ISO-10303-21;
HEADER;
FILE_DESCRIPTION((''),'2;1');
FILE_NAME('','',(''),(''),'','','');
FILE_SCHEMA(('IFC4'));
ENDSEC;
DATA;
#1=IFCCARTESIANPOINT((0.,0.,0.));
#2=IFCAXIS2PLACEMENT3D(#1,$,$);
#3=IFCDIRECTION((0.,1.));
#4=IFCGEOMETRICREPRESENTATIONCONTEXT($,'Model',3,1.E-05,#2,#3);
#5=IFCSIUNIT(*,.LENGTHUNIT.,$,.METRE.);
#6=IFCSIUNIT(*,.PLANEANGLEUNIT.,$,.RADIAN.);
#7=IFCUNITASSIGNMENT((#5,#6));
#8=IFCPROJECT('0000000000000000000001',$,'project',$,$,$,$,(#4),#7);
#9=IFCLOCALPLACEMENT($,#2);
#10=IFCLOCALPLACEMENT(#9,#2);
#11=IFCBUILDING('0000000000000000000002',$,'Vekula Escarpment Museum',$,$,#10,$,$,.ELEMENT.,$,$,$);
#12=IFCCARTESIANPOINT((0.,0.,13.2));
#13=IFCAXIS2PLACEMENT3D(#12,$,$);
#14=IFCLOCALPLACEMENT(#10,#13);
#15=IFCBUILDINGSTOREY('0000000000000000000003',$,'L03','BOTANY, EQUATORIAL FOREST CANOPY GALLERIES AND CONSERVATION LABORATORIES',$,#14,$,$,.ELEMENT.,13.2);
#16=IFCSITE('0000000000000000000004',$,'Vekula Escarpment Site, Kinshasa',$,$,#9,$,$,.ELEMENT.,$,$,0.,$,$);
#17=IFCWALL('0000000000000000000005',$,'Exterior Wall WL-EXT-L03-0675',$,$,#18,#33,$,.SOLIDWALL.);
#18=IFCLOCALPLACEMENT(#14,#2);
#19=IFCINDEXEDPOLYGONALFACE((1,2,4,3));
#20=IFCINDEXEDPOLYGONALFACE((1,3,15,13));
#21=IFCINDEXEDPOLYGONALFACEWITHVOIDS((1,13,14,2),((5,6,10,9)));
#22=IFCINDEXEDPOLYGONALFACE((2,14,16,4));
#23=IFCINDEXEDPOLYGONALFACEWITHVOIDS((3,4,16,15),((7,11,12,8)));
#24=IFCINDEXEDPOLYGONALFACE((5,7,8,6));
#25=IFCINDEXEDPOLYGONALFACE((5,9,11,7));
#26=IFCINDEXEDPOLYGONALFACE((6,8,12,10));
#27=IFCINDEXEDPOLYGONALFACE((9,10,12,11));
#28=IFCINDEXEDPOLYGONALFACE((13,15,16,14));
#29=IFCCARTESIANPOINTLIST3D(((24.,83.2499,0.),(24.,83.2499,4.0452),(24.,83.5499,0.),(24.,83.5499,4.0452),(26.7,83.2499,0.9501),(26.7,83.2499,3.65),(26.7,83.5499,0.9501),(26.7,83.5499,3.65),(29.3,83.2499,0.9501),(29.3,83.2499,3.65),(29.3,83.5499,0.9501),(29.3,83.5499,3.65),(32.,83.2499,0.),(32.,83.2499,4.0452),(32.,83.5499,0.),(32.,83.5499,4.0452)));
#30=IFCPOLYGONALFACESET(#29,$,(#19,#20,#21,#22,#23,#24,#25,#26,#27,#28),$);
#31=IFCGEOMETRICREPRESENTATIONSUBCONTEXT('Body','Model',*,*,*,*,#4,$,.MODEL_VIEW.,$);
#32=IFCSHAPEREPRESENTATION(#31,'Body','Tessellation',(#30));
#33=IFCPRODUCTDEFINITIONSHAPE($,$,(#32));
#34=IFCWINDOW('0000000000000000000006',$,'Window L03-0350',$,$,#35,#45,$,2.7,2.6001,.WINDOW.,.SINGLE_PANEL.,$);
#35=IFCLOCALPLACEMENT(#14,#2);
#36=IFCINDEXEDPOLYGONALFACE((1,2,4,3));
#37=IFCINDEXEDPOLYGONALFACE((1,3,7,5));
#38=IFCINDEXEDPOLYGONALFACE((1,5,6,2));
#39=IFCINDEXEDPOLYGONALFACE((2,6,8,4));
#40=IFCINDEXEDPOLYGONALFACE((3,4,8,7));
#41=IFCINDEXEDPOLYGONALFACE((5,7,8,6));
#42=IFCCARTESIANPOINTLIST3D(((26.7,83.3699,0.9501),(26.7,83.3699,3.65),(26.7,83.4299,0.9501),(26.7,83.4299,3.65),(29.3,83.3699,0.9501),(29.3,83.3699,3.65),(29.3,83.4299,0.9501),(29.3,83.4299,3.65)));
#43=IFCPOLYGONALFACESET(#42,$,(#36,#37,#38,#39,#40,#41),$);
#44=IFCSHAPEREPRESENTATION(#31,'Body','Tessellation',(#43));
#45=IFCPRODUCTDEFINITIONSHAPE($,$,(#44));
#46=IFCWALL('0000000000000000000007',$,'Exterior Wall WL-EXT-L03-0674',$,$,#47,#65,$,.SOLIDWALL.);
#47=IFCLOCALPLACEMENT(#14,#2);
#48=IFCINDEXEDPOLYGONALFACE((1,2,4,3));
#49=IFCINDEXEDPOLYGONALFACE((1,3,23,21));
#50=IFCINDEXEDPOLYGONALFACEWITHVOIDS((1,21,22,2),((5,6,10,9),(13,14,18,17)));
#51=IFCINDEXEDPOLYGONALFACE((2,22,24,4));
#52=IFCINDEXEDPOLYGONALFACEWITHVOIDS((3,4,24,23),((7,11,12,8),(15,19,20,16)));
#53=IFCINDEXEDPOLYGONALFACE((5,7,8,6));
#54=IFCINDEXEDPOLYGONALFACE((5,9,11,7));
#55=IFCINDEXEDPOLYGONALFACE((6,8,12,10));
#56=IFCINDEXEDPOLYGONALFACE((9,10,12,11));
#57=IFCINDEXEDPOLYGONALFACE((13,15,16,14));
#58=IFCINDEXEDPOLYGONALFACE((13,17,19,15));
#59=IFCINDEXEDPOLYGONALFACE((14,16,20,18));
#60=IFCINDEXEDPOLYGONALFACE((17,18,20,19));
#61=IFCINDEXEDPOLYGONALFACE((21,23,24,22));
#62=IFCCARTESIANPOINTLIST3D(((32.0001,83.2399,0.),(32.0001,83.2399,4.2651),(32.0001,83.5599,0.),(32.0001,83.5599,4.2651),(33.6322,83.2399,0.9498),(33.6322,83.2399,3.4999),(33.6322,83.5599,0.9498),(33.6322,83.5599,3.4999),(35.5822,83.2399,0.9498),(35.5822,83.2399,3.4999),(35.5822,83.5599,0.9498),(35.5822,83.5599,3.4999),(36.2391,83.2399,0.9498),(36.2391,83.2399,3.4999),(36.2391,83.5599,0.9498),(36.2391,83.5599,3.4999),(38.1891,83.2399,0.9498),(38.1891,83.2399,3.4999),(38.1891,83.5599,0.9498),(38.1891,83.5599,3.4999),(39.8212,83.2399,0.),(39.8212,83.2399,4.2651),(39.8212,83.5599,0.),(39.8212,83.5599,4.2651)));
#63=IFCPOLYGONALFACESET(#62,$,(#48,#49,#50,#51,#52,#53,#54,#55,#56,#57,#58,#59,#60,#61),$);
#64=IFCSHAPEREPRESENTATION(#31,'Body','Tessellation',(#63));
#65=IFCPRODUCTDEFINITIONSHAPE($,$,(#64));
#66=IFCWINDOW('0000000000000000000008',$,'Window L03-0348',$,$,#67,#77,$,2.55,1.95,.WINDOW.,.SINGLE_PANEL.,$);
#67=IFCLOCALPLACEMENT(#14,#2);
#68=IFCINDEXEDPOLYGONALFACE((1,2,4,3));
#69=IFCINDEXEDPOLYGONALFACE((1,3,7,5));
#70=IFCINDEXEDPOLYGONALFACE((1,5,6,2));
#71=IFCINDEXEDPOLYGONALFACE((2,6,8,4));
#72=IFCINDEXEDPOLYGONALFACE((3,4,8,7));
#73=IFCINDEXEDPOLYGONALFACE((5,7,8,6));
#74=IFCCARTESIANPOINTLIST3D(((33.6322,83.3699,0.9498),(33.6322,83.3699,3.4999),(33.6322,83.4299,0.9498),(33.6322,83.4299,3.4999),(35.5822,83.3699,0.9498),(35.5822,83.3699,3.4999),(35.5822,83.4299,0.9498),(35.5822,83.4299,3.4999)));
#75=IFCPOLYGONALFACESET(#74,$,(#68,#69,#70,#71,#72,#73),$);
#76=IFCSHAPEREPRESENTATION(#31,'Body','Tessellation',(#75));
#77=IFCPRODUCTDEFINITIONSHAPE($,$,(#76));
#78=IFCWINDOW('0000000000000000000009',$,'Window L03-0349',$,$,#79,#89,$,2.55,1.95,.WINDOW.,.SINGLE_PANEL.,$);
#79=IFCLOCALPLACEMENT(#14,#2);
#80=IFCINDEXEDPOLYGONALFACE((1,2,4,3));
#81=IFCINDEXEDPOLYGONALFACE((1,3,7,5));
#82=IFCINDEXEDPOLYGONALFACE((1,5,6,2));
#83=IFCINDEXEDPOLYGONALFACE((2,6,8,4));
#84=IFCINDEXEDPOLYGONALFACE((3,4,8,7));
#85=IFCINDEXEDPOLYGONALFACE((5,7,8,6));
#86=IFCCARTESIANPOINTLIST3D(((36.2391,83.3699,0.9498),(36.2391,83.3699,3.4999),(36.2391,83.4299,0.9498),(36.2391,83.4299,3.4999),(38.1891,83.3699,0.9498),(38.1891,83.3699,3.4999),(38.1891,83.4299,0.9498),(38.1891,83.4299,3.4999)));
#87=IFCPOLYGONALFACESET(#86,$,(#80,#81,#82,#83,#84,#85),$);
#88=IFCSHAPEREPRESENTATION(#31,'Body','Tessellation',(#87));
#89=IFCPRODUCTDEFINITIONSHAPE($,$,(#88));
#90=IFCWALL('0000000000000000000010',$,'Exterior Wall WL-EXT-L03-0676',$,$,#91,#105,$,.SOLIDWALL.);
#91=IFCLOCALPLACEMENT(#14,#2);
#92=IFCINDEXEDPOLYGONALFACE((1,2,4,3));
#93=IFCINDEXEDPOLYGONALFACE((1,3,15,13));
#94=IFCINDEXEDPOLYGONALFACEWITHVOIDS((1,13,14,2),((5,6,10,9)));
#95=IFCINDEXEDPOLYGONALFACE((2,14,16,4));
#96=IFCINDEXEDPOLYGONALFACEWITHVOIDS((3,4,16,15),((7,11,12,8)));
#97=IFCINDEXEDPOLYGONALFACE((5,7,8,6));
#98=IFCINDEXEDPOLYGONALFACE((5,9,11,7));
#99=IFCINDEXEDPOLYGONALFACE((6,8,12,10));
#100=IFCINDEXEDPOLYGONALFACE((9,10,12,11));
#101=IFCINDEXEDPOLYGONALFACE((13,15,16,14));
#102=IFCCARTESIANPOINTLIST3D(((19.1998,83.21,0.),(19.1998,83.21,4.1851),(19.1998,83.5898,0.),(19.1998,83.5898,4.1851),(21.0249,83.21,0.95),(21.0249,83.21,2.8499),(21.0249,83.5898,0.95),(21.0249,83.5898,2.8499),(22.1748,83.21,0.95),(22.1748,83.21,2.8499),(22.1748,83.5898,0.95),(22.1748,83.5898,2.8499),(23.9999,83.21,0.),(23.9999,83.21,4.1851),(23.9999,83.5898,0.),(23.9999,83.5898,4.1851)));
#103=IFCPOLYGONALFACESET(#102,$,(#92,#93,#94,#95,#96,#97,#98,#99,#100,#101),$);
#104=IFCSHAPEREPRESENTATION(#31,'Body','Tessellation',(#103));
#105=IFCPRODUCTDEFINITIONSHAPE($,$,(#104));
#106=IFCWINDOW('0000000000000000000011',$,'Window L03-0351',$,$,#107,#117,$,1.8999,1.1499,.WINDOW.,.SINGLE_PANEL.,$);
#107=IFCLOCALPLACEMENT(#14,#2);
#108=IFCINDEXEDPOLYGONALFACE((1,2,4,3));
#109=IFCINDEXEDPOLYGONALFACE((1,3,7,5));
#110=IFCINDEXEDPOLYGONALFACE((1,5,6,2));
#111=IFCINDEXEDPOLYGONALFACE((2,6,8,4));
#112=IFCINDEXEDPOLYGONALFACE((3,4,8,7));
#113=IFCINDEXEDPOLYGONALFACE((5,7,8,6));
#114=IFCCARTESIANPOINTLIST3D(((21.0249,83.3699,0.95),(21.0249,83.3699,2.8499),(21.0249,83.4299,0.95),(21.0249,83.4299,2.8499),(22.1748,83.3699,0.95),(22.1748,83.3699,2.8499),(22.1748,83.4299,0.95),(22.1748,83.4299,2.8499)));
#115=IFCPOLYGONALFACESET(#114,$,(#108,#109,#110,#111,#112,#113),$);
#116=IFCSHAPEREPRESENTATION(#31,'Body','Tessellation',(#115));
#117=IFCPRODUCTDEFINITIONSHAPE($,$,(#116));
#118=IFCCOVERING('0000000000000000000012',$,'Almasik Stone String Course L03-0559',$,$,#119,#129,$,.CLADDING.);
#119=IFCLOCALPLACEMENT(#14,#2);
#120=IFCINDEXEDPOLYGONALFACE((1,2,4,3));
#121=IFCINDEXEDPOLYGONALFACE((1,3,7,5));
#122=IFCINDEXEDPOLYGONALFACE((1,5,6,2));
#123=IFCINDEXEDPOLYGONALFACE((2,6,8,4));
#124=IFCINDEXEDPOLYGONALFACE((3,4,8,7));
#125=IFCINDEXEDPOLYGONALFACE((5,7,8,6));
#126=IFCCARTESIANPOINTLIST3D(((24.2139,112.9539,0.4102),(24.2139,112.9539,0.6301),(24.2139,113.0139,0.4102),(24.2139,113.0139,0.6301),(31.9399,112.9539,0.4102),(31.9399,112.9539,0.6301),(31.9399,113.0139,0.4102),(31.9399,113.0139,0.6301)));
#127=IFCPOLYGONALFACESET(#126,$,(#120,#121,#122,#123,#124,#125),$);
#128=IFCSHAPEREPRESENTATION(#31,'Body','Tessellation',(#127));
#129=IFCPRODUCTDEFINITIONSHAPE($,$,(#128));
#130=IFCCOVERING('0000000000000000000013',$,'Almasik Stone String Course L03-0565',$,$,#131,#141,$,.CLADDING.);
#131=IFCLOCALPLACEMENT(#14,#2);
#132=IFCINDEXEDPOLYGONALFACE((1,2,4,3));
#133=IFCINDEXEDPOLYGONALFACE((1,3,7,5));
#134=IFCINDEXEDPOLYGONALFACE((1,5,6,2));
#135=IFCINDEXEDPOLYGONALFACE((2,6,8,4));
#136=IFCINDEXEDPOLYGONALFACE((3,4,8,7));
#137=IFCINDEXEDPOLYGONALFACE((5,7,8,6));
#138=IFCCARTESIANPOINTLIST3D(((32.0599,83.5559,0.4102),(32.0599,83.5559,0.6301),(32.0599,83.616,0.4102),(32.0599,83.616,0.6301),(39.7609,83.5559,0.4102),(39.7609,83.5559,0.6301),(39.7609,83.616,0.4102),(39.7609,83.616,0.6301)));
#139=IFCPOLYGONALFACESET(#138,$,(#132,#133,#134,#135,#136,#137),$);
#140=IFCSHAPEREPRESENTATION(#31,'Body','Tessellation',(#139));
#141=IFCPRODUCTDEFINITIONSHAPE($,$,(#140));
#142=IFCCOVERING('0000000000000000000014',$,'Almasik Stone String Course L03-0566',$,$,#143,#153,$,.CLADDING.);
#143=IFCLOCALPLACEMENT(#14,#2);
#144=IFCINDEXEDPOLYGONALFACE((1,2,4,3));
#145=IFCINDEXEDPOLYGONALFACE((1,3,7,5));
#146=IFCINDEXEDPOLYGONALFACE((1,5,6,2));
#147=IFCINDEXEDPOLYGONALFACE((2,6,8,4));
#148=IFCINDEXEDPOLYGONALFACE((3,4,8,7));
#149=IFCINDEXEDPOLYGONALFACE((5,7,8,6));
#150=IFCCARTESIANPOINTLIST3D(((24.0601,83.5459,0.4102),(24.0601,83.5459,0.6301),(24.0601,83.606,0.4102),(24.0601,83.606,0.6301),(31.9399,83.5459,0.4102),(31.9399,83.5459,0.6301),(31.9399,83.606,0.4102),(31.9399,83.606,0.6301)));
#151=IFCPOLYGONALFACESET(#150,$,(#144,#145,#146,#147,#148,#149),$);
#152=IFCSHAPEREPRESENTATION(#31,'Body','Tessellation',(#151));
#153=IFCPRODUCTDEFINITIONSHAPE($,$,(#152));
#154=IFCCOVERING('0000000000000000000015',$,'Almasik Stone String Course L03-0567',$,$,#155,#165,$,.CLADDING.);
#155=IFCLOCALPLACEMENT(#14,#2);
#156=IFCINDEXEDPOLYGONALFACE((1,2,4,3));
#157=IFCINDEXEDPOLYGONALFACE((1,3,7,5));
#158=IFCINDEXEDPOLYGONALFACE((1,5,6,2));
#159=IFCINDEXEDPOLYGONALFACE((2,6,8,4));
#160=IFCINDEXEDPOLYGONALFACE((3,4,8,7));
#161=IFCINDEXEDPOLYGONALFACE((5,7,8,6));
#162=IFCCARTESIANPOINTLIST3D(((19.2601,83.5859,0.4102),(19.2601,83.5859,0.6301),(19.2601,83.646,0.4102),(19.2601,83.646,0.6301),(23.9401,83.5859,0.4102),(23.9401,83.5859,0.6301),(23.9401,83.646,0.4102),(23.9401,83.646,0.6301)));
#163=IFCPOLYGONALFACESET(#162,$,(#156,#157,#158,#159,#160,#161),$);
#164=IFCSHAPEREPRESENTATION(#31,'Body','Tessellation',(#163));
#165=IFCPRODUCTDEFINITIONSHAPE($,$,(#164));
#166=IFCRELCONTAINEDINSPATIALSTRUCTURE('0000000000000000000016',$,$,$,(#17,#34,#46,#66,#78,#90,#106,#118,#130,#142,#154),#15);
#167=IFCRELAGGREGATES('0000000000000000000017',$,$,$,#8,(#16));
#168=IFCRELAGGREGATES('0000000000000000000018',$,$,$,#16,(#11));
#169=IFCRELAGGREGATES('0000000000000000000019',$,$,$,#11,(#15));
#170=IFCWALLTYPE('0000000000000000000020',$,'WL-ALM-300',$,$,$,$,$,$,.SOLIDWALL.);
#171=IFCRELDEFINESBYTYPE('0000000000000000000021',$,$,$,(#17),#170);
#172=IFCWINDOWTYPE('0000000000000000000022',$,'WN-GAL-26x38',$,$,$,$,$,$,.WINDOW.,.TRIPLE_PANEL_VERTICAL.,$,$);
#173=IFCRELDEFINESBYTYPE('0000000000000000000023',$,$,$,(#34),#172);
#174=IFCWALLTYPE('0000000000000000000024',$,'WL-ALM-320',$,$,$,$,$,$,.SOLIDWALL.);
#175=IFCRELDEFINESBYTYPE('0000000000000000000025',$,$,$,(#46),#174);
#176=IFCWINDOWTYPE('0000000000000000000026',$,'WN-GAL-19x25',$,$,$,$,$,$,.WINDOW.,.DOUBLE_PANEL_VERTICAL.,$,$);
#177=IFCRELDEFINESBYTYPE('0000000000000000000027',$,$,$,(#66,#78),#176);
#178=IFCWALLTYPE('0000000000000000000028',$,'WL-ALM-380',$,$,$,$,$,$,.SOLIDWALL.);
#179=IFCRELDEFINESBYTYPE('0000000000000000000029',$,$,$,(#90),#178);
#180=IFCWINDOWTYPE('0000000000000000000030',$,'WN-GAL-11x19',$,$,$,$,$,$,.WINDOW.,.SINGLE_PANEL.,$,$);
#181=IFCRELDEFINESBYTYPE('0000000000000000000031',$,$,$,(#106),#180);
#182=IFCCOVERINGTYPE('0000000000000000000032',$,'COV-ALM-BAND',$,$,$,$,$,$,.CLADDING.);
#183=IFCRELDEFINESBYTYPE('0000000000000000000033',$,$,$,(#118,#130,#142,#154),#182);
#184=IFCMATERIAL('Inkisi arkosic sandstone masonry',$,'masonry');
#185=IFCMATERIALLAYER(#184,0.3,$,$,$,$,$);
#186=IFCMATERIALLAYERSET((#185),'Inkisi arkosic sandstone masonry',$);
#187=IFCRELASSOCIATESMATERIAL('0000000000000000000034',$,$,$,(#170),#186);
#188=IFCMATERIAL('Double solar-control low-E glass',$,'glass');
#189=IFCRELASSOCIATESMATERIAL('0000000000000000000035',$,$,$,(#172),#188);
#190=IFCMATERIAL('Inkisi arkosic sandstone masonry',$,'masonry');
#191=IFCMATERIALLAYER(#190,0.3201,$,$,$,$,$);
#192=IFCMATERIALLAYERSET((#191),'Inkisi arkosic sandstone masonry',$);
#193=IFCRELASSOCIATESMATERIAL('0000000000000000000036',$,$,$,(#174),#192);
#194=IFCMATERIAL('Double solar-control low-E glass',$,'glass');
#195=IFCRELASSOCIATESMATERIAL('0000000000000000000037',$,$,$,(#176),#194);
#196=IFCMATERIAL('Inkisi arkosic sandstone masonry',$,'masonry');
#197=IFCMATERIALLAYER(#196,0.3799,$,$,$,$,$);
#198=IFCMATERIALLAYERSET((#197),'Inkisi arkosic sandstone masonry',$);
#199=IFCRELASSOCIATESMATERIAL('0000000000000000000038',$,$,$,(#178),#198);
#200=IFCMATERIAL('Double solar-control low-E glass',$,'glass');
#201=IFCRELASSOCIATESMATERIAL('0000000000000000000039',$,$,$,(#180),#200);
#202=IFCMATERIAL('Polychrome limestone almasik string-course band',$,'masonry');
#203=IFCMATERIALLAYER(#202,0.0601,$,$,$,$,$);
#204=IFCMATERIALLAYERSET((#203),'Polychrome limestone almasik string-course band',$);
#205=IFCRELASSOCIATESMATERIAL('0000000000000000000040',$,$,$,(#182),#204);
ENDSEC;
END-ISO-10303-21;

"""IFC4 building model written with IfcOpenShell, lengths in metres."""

from ifc_helpers import new_model, si_unit, direction, frame, frame_2d, origin, origin_2d, place, context, subcontext, project, spatial, rectangle, extrude, material, layer, layer_set, type_object, element, fill, save


model = new_model("IFC4")

# Units and contexts
model_context = context("Model", 3, precision=1e-05, world=origin(), true_north=direction((0.0, 1.0)))
body_context = subcontext(model_context, "Body", "Model", "MODEL_VIEW")
ifc_project = project(units=[si_unit("LENGTHUNIT", "METRE"), si_unit("PLANEANGLEUNIT", "RADIAN")], contexts=[model_context])

# Site, building, storey
site_placement = place(None, origin())
site = spatial("IfcSite", under=ifc_project, at=site_placement, Name="Vekula Escarpment Site, Kinshasa", CompositionType="ELEMENT", RefElevation=0.0)
building_placement = place(site_placement, origin())
building = spatial("IfcBuilding", under=site, at=building_placement, Name="Vekula Escarpment Museum", CompositionType="ELEMENT")
storey_placement = place(building_placement, frame((0.0, 0.0, 13.2)))
storey = spatial("IfcBuildingStorey", under=building, at=storey_placement, Name="L03", Description="BOTANY, EQUATORIAL FOREST CANOPY GALLERIES AND CONSERVATION LABORATORIES", CompositionType="ELEMENT", Elevation=13.2)

# Wall, opening, window
ifc_material_1 = material(Name="Inkisi arkosic sandstone masonry", Category="masonry")
ifc_layer_1 = layer(ifc_material_1, 0.3)
ifc_layer_set_1 = layer_set([ifc_layer_1], Name="Inkisi arkosic sandstone masonry")
wall_type_1 = type_object("IfcWallType", Name="WL-ALM-300", PredefinedType="SOLIDWALL", material=ifc_layer_set_1)
wall_1_placement = place(storey_placement, frame((24.0, 83.3999, 0.0), z_axis=(0.0, 0.0, 1.0), x_axis=(1.0, 0.0, 0.0)))
wall_1 = element("IfcWall", 1, at=wall_1_placement, inside=storey, type_object=wall_type_1, Name="Exterior Wall WL-EXT-L03-0675", PredefinedType="SOLIDWALL", context=body_context, shape_type="SweptSolid", body=[
    extrude(rectangle(XDim=8.0, YDim=0.3, at=frame_2d((4.0, 0.0))), origin(), (0.0, 0.0, 1.0), 4.0452),
])
opening_1_placement = place(wall_1_placement, frame((2.7, 0.0, 0.95)))
opening_1 = element("IfcOpeningElement", 2, at=opening_1_placement, cuts=wall_1, PredefinedType="OPENING", context=body_context, shape_type="SweptSolid", body=[
    extrude(rectangle(XDim=2.6001, YDim=2.7, at=frame_2d((1.3, 1.3501))), frame((0.0, 0.1599, 0.0), z_axis=(0.0, -1.0, 0.0), x_axis=(1.0, 0.0, 0.0)), (0.0, 0.0, 1.0), 0.3201),
])
ifc_material_2 = material(Name="Double solar-control low-E glass", Category="glass")
window_type_1 = type_object("IfcWindowType", Name="WN-GAL-26x38", PartitioningType="TRIPLE_PANEL_VERTICAL", PredefinedType="WINDOW", material=ifc_material_2)
window_1_placement = place(opening_1_placement, origin())
window_1 = element("IfcWindow", 3, at=window_1_placement, inside=storey, type_object=window_type_1, Name="Window L03-0350", OverallHeight=2.7, OverallWidth=2.6001, PartitioningType="SINGLE_PANEL", PredefinedType="WINDOW", context=body_context, shape_type="SweptSolid", body=[
    extrude(rectangle(XDim=2.6001, YDim=2.7, at=frame_2d((1.3, 1.3501))), frame((0.0, 0.03, 0.0), z_axis=(0.0, -1.0, 0.0), x_axis=(1.0, 0.0, 0.0)), (0.0, 0.0, 1.0), 0.0601),
])
fill(opening_1, window_1)

# Wall, openings, windows
ifc_material_3 = material(Name="Inkisi arkosic sandstone masonry", Category="masonry")
ifc_layer_2 = layer(ifc_material_3, 0.3201)
ifc_layer_set_2 = layer_set([ifc_layer_2], Name="Inkisi arkosic sandstone masonry")
wall_type_2 = type_object("IfcWallType", Name="WL-ALM-320", PredefinedType="SOLIDWALL", material=ifc_layer_set_2)
wall_2_placement = place(storey_placement, frame((32.0, 83.3999, 0.0), z_axis=(0.0, 0.0, 1.0), x_axis=(1.0, 0.0, 0.0)))
wall_2 = element("IfcWall", 4, at=wall_2_placement, inside=storey, type_object=wall_type_2, Name="Exterior Wall WL-EXT-L03-0674", PredefinedType="SOLIDWALL", context=body_context, shape_type="SweptSolid", body=[
    extrude(rectangle(XDim=7.821, YDim=0.3201, at=frame_2d((3.9106, 0.0))), origin(), (0.0, 0.0, 1.0), 4.2651),
])
opening_2_placement = place(wall_2_placement, frame((1.6321, 0.0, 0.95)))
opening_2 = element("IfcOpeningElement", 5, at=opening_2_placement, cuts=wall_2, PredefinedType="OPENING", context=body_context, shape_type="SweptSolid", body=[
    extrude(rectangle(XDim=1.95, YDim=2.55, at=frame_2d((0.9751, 1.2749))), frame((0.0, 0.1699, 0.0), z_axis=(0.0, -1.0, 0.0), x_axis=(1.0, 0.0, 0.0)), (0.0, 0.0, 1.0), 0.3401),
])
opening_3_placement = place(wall_2_placement, frame((4.239, 0.0, 0.95)))
opening_3 = element("IfcOpeningElement", 6, at=opening_3_placement, cuts=wall_2, PredefinedType="OPENING", context=body_context, shape_type="SweptSolid", body=[
    extrude(rectangle(XDim=1.95, YDim=2.55, at=frame_2d((0.9751, 1.2749))), frame((0.0, 0.1699, 0.0), z_axis=(0.0, -1.0, 0.0), x_axis=(1.0, 0.0, 0.0)), (0.0, 0.0, 1.0), 0.3401),
])
ifc_material_4 = material(Name="Double solar-control low-E glass", Category="glass")
window_type_2 = type_object("IfcWindowType", Name="WN-GAL-19x25", PartitioningType="DOUBLE_PANEL_VERTICAL", PredefinedType="WINDOW", material=ifc_material_4)
window_2_placement = place(opening_2_placement, origin())
window_2 = element("IfcWindow", 7, at=window_2_placement, inside=storey, type_object=window_type_2, Name="Window L03-0348", OverallHeight=2.55, OverallWidth=1.95, PartitioningType="SINGLE_PANEL", PredefinedType="WINDOW", context=body_context, shape_type="SweptSolid", body=[
    extrude(rectangle(XDim=1.95, YDim=2.55, at=frame_2d((0.9751, 1.2749))), frame((0.0, 0.03, 0.0), z_axis=(0.0, -1.0, 0.0), x_axis=(1.0, 0.0, 0.0)), (0.0, 0.0, 1.0), 0.0601),
])
fill(opening_2, window_2)
window_3_placement = place(opening_3_placement, origin())
window_3 = element("IfcWindow", 8, at=window_3_placement, inside=storey, type_object=window_type_2, Name="Window L03-0349", OverallHeight=2.55, OverallWidth=1.95, PartitioningType="SINGLE_PANEL", PredefinedType="WINDOW", context=body_context, shape_type="SweptSolid", body=[
    extrude(rectangle(XDim=1.95, YDim=2.55, at=frame_2d((0.9751, 1.2749))), frame((0.0, 0.03, 0.0), z_axis=(0.0, -1.0, 0.0), x_axis=(1.0, 0.0, 0.0)), (0.0, 0.0, 1.0), 0.0601),
])
fill(opening_3, window_3)

# Wall, opening, window
ifc_material_5 = material(Name="Inkisi arkosic sandstone masonry", Category="masonry")
ifc_layer_3 = layer(ifc_material_5, 0.3799)
ifc_layer_set_3 = layer_set([ifc_layer_3], Name="Inkisi arkosic sandstone masonry")
wall_type_3 = type_object("IfcWallType", Name="WL-ALM-380", PredefinedType="SOLIDWALL", material=ifc_layer_set_3)
wall_3_placement = place(storey_placement, frame((19.2, 83.3999, 0.0), z_axis=(0.0, 0.0, 1.0), x_axis=(1.0, 0.0, 0.0)))
wall_3 = element("IfcWall", 9, at=wall_3_placement, inside=storey, type_object=wall_type_3, Name="Exterior Wall WL-EXT-L03-0676", PredefinedType="SOLIDWALL", context=body_context, shape_type="SweptSolid", body=[
    extrude(rectangle(XDim=4.8, YDim=0.3799, at=frame_2d((2.3999, 0.0))), origin(), (0.0, 0.0, 1.0), 4.1851),
])
opening_4_placement = place(wall_3_placement, frame((1.825, 0.0, 0.95)))
opening_4 = element("IfcOpeningElement", 10, at=opening_4_placement, cuts=wall_3, PredefinedType="OPENING", context=body_context, shape_type="SweptSolid", body=[
    extrude(rectangle(XDim=1.1499, YDim=1.8999, at=frame_2d((0.575, 0.95))), frame((0.0, 0.2, 0.0), z_axis=(0.0, -1.0, 0.0), x_axis=(1.0, 0.0, 0.0)), (0.0, 0.0, 1.0), 0.3999),
])
ifc_material_6 = material(Name="Double solar-control low-E glass", Category="glass")
window_type_3 = type_object("IfcWindowType", Name="WN-GAL-11x19", PartitioningType="SINGLE_PANEL", PredefinedType="WINDOW", material=ifc_material_6)
window_4_placement = place(opening_4_placement, origin())
window_4 = element("IfcWindow", 11, at=window_4_placement, inside=storey, type_object=window_type_3, Name="Window L03-0351", OverallHeight=1.8999, OverallWidth=1.1499, PartitioningType="SINGLE_PANEL", PredefinedType="WINDOW", context=body_context, shape_type="SweptSolid", body=[
    extrude(rectangle(XDim=1.1499, YDim=1.8999, at=frame_2d((0.575, 0.95))), frame((0.0, 0.03, 0.0), z_axis=(0.0, -1.0, 0.0), x_axis=(1.0, 0.0, 0.0)), (0.0, 0.0, 1.0), 0.0601),
])
fill(opening_4, window_4)

# Coverings
ifc_material_7 = material(Name="Polychrome limestone almasik string-course band", Category="masonry")
ifc_layer_4 = layer(ifc_material_7, 0.0601)
ifc_layer_set_4 = layer_set([ifc_layer_4], Name="Polychrome limestone almasik string-course band")
covering_type = type_object("IfcCoveringType", Name="COV-ALM-BAND", PredefinedType="CLADDING", material=ifc_layer_set_4)
covering_1_placement = place(storey_placement, frame((28.0769, 112.9839, 0.4102), z_axis=(0.0, 0.0, 1.0), x_axis=(1.0, 0.0, 0.0)))
element("IfcCovering", 12, at=covering_1_placement, inside=storey, type_object=covering_type, Name="Almasik Stone String Course L03-0559", PredefinedType="CLADDING", context=body_context, shape_type="SweptSolid", body=[
    extrude(rectangle(XDim=7.7261, YDim=0.0601, at=origin_2d()), origin(), (0.0, 0.0, 1.0), 0.22),
])
covering_2_placement = place(storey_placement, frame((35.9104, 83.5859, 0.4102), z_axis=(0.0, 0.0, 1.0), x_axis=(1.0, 0.0, 0.0)))
element("IfcCovering", 13, at=covering_2_placement, inside=storey, type_object=covering_type, Name="Almasik Stone String Course L03-0565", PredefinedType="CLADDING", context=body_context, shape_type="SweptSolid", body=[
    extrude(rectangle(XDim=7.7009, YDim=0.0601, at=origin_2d()), origin(), (0.0, 0.0, 1.0), 0.22),
])
covering_3_placement = place(storey_placement, frame((28.0, 83.5759, 0.4102), z_axis=(0.0, 0.0, 1.0), x_axis=(1.0, 0.0, 0.0)))
element("IfcCovering", 14, at=covering_3_placement, inside=storey, type_object=covering_type, Name="Almasik Stone String Course L03-0566", PredefinedType="CLADDING", context=body_context, shape_type="SweptSolid", body=[
    extrude(rectangle(XDim=7.8799, YDim=0.0601, at=origin_2d()), origin(), (0.0, 0.0, 1.0), 0.22),
])
for number, where, z_axis, x_axis, name in (
    (15, (21.6001, 83.616, 0.4102), (0.0, 0.0, 1.0), (1.0, 0.0, 0.0), "Almasik Stone String Course L03-0567"),
):
    element("IfcCovering", number, at=place(storey_placement, frame(where, z_axis=z_axis, x_axis=x_axis)), inside=storey, type_object=covering_type, Name=name, PredefinedType="CLADDING", context=body_context, shape_type="SweptSolid", body=[
        extrude(rectangle(XDim=4.6799, YDim=0.0601, at=origin_2d()), origin(), (0.0, 0.0, 1.0), 0.22),
    ])

save(model, "model.ifc")
